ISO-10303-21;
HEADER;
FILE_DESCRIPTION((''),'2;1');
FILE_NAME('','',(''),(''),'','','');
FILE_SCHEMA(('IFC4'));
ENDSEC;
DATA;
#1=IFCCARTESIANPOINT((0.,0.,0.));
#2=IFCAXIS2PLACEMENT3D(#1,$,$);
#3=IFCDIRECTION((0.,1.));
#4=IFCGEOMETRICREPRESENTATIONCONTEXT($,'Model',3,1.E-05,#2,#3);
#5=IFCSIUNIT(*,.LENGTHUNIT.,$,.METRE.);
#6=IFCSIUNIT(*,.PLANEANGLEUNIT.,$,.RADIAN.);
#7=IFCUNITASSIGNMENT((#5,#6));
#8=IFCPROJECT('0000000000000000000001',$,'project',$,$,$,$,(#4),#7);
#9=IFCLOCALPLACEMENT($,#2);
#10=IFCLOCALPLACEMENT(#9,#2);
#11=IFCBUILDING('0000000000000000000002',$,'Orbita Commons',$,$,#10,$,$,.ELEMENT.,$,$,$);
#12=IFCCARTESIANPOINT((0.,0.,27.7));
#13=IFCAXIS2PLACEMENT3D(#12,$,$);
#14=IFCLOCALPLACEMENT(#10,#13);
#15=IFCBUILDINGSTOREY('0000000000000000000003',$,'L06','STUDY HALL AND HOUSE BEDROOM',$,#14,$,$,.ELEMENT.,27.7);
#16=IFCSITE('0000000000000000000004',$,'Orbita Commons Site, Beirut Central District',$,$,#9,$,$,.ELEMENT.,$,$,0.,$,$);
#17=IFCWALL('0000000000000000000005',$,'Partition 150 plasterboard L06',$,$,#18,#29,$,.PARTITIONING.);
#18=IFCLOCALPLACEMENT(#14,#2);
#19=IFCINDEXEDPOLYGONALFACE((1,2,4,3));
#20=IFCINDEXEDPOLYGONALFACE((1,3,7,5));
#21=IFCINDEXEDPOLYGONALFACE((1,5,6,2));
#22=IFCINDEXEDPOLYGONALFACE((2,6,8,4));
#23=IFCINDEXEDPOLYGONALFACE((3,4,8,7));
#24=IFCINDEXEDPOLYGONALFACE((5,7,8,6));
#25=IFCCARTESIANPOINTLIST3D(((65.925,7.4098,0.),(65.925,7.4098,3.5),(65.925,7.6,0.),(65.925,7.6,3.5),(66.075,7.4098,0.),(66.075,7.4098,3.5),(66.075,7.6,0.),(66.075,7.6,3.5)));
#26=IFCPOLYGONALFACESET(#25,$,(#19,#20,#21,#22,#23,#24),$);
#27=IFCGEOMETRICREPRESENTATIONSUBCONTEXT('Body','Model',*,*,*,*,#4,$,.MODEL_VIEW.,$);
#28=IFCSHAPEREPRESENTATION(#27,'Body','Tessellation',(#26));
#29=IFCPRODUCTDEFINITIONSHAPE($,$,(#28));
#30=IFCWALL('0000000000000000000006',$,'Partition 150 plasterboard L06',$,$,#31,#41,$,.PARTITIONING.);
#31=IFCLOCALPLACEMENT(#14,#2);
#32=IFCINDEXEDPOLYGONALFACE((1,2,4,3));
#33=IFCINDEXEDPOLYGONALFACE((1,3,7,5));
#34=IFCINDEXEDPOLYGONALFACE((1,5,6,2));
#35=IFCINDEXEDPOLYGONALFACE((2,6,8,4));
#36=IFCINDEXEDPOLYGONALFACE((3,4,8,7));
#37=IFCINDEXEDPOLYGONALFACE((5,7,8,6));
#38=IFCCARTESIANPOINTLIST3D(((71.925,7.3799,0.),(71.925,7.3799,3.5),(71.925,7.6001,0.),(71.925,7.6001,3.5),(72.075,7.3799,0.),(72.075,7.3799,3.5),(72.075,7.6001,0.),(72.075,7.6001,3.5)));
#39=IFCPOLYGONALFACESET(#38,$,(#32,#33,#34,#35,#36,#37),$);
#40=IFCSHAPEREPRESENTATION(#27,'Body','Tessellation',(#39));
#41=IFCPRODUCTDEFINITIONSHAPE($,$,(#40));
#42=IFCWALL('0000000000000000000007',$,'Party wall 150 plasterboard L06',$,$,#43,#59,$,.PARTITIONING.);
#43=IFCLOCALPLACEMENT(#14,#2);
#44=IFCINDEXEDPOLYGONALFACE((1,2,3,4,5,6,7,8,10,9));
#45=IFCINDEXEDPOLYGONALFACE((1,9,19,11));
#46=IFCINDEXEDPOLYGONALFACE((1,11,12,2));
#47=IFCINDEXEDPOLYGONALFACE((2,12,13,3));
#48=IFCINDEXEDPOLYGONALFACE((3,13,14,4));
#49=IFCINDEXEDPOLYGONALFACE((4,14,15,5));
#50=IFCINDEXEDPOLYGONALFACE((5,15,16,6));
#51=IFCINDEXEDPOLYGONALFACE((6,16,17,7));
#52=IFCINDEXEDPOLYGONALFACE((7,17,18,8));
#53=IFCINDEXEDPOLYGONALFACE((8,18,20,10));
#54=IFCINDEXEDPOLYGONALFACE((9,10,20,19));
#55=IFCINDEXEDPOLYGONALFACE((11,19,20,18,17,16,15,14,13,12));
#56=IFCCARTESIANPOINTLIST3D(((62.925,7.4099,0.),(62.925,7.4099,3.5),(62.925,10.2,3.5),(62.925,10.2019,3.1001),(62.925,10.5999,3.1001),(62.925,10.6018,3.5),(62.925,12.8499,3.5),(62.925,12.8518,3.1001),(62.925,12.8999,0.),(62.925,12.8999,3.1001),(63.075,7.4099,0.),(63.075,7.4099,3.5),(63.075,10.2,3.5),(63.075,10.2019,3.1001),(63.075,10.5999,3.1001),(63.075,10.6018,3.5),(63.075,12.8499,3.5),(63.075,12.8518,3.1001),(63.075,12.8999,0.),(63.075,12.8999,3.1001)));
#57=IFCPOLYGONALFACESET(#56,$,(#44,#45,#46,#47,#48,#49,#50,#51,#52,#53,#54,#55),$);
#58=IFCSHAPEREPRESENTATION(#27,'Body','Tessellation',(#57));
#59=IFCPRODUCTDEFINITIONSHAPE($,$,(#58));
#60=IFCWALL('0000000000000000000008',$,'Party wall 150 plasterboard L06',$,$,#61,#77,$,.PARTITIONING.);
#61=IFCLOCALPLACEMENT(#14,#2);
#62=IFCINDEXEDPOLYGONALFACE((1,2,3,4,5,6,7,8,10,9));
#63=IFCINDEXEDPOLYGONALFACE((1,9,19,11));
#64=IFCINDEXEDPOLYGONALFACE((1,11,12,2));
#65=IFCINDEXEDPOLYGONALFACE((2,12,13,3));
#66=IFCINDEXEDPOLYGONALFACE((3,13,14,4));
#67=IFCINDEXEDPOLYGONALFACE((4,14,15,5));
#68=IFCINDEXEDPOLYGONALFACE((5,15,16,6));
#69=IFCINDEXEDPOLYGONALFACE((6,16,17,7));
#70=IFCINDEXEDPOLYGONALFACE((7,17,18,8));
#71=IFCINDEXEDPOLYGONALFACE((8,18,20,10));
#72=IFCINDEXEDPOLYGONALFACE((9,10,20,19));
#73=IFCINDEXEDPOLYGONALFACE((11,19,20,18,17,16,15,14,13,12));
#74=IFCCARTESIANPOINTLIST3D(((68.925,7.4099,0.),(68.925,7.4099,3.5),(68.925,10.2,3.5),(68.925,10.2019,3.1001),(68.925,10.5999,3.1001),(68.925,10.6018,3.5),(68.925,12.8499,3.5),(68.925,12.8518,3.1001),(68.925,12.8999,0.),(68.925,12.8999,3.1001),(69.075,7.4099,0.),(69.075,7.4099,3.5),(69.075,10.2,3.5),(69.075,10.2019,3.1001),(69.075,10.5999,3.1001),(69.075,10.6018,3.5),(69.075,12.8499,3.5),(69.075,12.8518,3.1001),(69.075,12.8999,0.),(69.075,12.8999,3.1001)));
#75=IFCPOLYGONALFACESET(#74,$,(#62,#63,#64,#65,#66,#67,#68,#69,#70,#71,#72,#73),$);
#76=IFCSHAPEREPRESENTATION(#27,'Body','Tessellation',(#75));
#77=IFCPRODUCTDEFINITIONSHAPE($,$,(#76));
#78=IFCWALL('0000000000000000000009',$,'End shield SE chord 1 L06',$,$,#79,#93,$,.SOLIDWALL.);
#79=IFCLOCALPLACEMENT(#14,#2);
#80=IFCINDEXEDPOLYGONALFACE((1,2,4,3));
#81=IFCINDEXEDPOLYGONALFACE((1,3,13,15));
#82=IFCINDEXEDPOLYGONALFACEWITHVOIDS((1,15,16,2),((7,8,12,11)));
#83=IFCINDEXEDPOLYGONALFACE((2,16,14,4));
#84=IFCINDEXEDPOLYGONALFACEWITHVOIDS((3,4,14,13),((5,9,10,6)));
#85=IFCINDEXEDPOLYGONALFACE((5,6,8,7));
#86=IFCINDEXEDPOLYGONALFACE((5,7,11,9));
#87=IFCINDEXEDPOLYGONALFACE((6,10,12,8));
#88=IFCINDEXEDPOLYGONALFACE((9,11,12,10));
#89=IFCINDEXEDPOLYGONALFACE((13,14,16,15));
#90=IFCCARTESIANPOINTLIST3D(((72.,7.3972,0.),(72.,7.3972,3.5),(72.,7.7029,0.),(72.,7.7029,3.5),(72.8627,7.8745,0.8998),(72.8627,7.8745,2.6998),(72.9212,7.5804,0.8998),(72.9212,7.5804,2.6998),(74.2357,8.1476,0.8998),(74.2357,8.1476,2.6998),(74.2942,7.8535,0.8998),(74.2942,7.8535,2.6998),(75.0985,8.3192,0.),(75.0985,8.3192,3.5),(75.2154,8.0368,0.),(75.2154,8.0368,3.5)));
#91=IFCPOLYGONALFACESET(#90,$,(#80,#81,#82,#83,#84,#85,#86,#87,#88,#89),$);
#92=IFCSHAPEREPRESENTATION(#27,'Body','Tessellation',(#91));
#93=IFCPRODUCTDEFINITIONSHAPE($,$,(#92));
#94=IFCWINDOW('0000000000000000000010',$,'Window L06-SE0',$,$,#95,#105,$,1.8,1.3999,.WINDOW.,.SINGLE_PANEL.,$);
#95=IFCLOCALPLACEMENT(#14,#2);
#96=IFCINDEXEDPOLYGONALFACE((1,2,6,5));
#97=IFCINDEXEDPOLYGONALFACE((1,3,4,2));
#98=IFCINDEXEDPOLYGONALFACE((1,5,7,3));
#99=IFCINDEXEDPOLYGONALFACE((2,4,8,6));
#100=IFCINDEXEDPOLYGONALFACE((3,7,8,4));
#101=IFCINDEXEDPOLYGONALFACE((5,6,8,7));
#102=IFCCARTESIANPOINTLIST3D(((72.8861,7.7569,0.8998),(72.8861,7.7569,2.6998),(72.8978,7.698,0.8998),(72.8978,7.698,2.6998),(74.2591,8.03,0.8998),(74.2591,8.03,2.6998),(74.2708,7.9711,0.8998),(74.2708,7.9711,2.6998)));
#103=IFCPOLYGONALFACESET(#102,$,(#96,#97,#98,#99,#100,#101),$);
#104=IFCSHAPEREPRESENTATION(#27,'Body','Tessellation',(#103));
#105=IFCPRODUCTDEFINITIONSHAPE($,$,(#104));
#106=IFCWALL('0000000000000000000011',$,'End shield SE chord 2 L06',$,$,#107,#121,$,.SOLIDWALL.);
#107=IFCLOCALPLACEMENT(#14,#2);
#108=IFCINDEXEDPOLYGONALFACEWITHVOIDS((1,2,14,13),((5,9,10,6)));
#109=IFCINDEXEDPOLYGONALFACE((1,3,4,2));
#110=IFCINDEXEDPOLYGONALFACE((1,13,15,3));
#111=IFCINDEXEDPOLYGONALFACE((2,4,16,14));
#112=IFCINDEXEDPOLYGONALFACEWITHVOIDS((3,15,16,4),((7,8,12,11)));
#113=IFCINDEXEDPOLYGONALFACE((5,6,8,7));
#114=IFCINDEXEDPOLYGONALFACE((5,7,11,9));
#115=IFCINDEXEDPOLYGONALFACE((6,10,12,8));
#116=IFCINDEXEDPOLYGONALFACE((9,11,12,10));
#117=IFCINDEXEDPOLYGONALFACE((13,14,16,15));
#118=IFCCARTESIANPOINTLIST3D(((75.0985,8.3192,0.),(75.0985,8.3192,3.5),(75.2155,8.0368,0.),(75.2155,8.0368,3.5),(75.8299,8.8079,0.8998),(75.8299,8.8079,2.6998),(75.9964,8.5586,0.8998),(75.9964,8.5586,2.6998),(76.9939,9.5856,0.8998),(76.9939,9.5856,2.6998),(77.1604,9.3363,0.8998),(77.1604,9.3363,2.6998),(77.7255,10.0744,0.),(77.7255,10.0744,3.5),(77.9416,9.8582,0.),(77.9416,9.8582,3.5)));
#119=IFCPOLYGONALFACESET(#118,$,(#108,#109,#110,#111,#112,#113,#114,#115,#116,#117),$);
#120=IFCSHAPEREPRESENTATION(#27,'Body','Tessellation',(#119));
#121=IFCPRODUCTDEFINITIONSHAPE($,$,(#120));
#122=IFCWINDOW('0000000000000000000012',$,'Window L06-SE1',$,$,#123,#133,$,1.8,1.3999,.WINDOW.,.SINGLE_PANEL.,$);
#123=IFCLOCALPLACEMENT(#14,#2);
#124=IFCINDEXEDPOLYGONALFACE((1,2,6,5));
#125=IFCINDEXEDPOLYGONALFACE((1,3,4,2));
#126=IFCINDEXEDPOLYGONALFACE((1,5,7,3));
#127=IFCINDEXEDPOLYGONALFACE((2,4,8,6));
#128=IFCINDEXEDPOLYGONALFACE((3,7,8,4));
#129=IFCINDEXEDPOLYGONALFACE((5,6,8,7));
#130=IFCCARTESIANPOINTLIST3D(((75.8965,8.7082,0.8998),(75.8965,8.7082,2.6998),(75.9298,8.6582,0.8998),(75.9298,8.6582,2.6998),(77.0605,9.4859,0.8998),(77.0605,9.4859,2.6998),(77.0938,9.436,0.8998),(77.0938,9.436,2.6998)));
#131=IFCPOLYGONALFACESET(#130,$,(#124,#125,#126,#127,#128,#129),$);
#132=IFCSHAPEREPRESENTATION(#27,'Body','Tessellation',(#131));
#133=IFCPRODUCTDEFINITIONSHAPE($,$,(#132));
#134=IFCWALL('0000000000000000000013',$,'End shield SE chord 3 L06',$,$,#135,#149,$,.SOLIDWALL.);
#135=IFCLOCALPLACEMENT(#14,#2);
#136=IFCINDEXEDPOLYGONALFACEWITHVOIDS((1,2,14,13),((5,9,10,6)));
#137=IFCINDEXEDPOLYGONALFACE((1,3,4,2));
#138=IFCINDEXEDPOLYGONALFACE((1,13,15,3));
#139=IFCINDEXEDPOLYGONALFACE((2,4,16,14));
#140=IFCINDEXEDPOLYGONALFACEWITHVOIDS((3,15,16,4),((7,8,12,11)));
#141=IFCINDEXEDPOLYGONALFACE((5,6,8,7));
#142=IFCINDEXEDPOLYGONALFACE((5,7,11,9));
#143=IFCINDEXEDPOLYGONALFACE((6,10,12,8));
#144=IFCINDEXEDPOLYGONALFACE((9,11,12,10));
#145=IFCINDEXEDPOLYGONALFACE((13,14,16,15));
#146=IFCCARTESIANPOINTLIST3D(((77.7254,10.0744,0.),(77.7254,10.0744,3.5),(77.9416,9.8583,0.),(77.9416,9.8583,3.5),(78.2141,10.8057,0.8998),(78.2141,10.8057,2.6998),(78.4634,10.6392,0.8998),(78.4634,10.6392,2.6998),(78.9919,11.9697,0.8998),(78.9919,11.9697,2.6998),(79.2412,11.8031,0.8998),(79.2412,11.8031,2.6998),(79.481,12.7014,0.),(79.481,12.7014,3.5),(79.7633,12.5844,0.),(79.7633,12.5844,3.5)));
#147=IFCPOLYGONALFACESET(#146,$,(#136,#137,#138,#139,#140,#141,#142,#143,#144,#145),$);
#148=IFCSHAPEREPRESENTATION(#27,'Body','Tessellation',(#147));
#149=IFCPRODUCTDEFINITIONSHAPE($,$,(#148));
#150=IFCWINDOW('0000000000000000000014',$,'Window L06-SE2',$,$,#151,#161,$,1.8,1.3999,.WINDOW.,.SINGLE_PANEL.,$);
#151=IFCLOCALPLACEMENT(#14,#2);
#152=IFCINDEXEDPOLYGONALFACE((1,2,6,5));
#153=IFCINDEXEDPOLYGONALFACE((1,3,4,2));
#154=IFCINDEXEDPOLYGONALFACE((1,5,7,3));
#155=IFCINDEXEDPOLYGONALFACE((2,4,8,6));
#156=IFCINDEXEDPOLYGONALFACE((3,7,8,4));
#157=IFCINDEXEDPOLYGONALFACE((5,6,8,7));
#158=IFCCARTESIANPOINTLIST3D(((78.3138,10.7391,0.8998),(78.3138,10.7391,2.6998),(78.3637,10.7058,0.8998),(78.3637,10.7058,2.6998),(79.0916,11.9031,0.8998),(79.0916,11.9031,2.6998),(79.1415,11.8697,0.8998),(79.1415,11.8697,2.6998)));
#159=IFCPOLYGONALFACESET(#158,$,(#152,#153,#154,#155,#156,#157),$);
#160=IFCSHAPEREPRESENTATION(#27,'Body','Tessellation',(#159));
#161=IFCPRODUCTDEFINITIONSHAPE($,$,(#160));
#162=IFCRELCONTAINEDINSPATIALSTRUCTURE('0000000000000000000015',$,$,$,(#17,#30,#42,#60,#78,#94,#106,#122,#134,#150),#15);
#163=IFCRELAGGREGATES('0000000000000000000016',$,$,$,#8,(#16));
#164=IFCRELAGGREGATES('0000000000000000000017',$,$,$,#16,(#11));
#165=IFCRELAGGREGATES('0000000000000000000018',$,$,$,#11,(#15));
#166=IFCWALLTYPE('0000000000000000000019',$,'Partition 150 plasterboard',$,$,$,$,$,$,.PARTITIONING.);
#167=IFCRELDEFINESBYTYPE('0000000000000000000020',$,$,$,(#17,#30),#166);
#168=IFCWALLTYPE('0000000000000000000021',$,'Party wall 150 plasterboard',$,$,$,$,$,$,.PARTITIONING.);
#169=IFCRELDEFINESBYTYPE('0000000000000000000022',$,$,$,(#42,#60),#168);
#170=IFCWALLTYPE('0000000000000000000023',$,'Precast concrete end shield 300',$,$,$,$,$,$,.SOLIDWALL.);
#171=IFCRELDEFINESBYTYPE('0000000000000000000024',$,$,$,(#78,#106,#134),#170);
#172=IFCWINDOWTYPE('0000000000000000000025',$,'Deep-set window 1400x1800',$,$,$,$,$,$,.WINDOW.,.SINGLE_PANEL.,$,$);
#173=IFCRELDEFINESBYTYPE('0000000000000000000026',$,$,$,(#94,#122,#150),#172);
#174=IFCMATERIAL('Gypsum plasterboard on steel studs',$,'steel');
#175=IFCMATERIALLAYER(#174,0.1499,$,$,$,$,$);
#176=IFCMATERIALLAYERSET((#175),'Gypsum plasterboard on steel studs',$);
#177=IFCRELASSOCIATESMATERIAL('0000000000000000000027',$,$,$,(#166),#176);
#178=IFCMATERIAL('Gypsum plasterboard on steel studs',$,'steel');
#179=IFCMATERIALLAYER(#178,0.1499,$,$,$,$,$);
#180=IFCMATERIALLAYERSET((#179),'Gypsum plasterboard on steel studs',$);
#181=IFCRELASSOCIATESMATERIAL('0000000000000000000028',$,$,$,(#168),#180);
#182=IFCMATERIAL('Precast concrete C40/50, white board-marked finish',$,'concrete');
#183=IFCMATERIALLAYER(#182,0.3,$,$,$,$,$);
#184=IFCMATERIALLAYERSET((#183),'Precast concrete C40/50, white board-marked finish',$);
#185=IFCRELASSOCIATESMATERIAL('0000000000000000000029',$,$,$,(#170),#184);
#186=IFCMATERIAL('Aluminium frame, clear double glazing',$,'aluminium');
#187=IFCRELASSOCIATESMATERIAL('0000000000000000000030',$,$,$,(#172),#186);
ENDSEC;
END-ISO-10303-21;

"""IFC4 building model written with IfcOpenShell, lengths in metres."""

from ifc_helpers import new_model, si_unit, direction, frame, frame_2d, origin, place, context, subcontext, project, spatial, polyline, rectangle, outline, extrude, material, layer, layer_set, type_object, element, fill, save


model = new_model("IFC4")

# Units and contexts
model_context = context("Model", 3, precision=1e-05, world=origin(), true_north=direction((0.0, 1.0)))
body_context = subcontext(model_context, "Body", "Model", "MODEL_VIEW")
ifc_project = project(units=[si_unit("LENGTHUNIT", "METRE"), si_unit("PLANEANGLEUNIT", "RADIAN")], contexts=[model_context])

# Site, building, storey
site_placement = place(None, origin())
site = spatial("IfcSite", under=ifc_project, at=site_placement, Name="Orbita Commons Site, Beirut Central District", CompositionType="ELEMENT", RefElevation=0.0)
building_placement = place(site_placement, origin())
building = spatial("IfcBuilding", under=site, at=building_placement, Name="Orbita Commons", CompositionType="ELEMENT")
storey_placement = place(building_placement, frame((0.0, 0.0, 27.7)))
storey = spatial("IfcBuildingStorey", under=building, at=storey_placement, Name="L06", Description="STUDY HALL AND HOUSE BEDROOM", CompositionType="ELEMENT", Elevation=27.7)

# Walls
ifc_material_1 = material(Name="Gypsum plasterboard on steel studs", Category="steel")
ifc_layer_1 = layer(ifc_material_1, 0.1499)
ifc_layer_set_1 = layer_set([ifc_layer_1], Name="Gypsum plasterboard on steel studs")
wall_type_1 = type_object("IfcWallType", Name="Partition 150 plasterboard", PredefinedType="PARTITIONING", material=ifc_layer_set_1)
wall_1_placement = place(storey_placement, frame((66.0, 7.6001, 0.0), z_axis=(0.0, 0.0, 1.0), x_axis=(0.0, -1.0, 0.0)))
element("IfcWall", 1, at=wall_1_placement, inside=storey, type_object=wall_type_1, Name="Partition 150 plasterboard L06", PredefinedType="PARTITIONING", context=body_context, shape_type="SweptSolid", body=[
    extrude(rectangle(XDim=0.1902, YDim=0.1499, at=frame_2d((0.0952, 0.0))), origin(), (0.0, 0.0, 1.0), 3.5),
])
wall_2_placement = place(storey_placement, frame((72.0, 7.6001, 0.0), z_axis=(0.0, 0.0, 1.0), x_axis=(0.0, -1.0, 0.0)))
element("IfcWall", 2, at=wall_2_placement, inside=storey, type_object=wall_type_1, Name="Partition 150 plasterboard L06", PredefinedType="PARTITIONING", context=body_context, shape_type="SweptSolid", body=[
    extrude(rectangle(XDim=0.2202, YDim=0.1499, at=frame_2d((0.1101, 0.0))), origin(), (0.0, 0.0, 1.0), 3.5),
])
ifc_material_2 = material(Name="Gypsum plasterboard on steel studs", Category="steel")
ifc_layer_2 = layer(ifc_material_2, 0.1499)
ifc_layer_set_2 = layer_set([ifc_layer_2], Name="Gypsum plasterboard on steel studs")
wall_type_2 = type_object("IfcWallType", Name="Party wall 150 plasterboard", PredefinedType="PARTITIONING", material=ifc_layer_set_2)
for number, where, z_axis, x_axis, name in (
    (3, (63.0, 7.4099, 0.0), (0.0, 0.0, 1.0), (0.0, 1.0, 0.0), "Party wall 150 plasterboard L06"),
    (4, (69.0, 7.4099, 0.0), (0.0, 0.0, 1.0), (0.0, 1.0, 0.0), "Party wall 150 plasterboard L06"),
):
    element("IfcWall", number, at=place(storey_placement, frame(where, z_axis=z_axis, x_axis=x_axis)), inside=storey, type_object=wall_type_2, Name=name, PredefinedType="PARTITIONING", context=body_context, shape_type="SweptSolid", body=[
        extrude(outline(polyline([(0.0, 0.0), (5.49, 0.0), (5.49, 3.1001), (5.4419, 3.1001), (5.4399, 3.5), (3.1919, 3.5), (3.1899, 3.1001), (2.792, 3.1001), (2.79, 3.5), (0.0, 3.5), (0.0, 0.0)])), frame((0.0, 0.075, 0.0), z_axis=(0.0, -1.0, 0.0), x_axis=(1.0, 0.0, 0.0)), (0.0, 0.0, 1.0), 0.1499),
    ])

# Walls, openings, windows
ifc_material_3 = material(Name="Precast concrete C40/50, white board-marked finish", Category="concrete")
ifc_layer_3 = layer(ifc_material_3, 0.3)
ifc_layer_set_3 = layer_set([ifc_layer_3], Name="Precast concrete C40/50, white board-marked finish")
wall_type_3 = type_object("IfcWallType", Name="Precast concrete end shield 300", PredefinedType="SOLIDWALL", material=ifc_layer_set_3)
wall_3_placement = place(storey_placement, frame((72.0, 7.55, 0.0), z_axis=(0.0, 0.0, 1.0), x_axis=(0.980787, 0.19508, 0.0)))
wall_3 = element("IfcWall", 5, at=wall_3_placement, inside=storey, type_object=wall_type_3, Name="End shield SE chord 1 L06", PredefinedType="SOLIDWALL", context=body_context, shape_type="SweptSolid", body=[
    extrude(outline(polyline([(-0.0298, -0.1499), (3.2485, -0.1499), (3.189, 0.1499), (0.0298, 0.1499), (-0.0298, -0.1499)])), origin(), (0.0, 0.0, 1.0), 3.5),
])
opening_1_placement = place(wall_3_placement, frame((0.9094, 0.0, 0.8999)))
opening_1 = element("IfcOpeningElement", 6, at=opening_1_placement, cuts=wall_3, PredefinedType="OPENING", context=body_context, shape_type="SweptSolid", body=[
    extrude(rectangle(XDim=1.3999, YDim=1.8, at=frame_2d((0.7, 0.8999))), frame((0.0, 0.1599, 0.0), z_axis=(0.0, -1.0, 0.0), x_axis=(1.0, 0.0, 0.0)), (0.0, 0.0, 1.0), 0.3201),
])
ifc_material_4 = material(Name="Aluminium frame, clear double glazing", Category="aluminium")
window_type = type_object("IfcWindowType", Name="Deep-set window 1400x1800", PartitioningType="SINGLE_PANEL", PredefinedType="WINDOW", material=ifc_material_4)
window_1_placement = place(opening_1_placement, origin())
window_1 = element("IfcWindow", 7, at=window_1_placement, inside=storey, type_object=window_type, Name="Window L06-SE0", OverallHeight=1.8, OverallWidth=1.3999, PartitioningType="SINGLE_PANEL", PredefinedType="WINDOW", context=body_context, shape_type="SweptSolid", body=[
    extrude(rectangle(XDim=1.3999, YDim=1.8, at=frame_2d((0.7, 0.8999))), frame((0.0, 0.03, 0.0), z_axis=(0.0, -1.0, 0.0), x_axis=(1.0, 0.0, 0.0)), (0.0, 0.0, 1.0), 0.0601),
])
fill(opening_1, window_1)
wall_4_placement = place(storey_placement, frame((75.157, 8.178, 0.0), z_axis=(0.0, 0.0, 1.0), x_axis=(0.831478, 0.555558, 0.0)))
wall_4 = element("IfcWall", 8, at=wall_4_placement, inside=storey, type_object=wall_type_3, Name="End shield SE chord 2 L06", PredefinedType="SOLIDWALL", context=body_context, shape_type="SweptSolid", body=[
    extrude(outline(polyline([(-0.0298, -0.1499), (3.2488, -0.1499), (3.1892, 0.1499), (0.0298, 0.1499), (-0.0298, -0.1499)])), origin(), (0.0, 0.0, 1.0), 3.5),
])
opening_2_placement = place(wall_4_placement, frame((0.9094, 0.0, 0.8999)))
opening_2 = element("IfcOpeningElement", 9, at=opening_2_placement, cuts=wall_4, PredefinedType="OPENING", context=body_context, shape_type="SweptSolid", body=[
    extrude(rectangle(XDim=1.3999, YDim=1.8, at=frame_2d((0.7, 0.8999))), frame((0.0, 0.1599, 0.0), z_axis=(0.0, -1.0, 0.0), x_axis=(1.0, 0.0, 0.0)), (0.0, 0.0, 1.0), 0.3201),
])
window_2_placement = place(opening_2_placement, origin())
window_2 = element("IfcWindow", 10, at=window_2_placement, inside=storey, type_object=window_type, Name="Window L06-SE1", OverallHeight=1.8, OverallWidth=1.3999, PartitioningType="SINGLE_PANEL", PredefinedType="WINDOW", context=body_context, shape_type="SweptSolid", body=[
    extrude(rectangle(XDim=1.3999, YDim=1.8, at=frame_2d((0.7, 0.8999))), frame((0.0, 0.03, 0.0), z_axis=(0.0, -1.0, 0.0), x_axis=(1.0, 0.0, 0.0)), (0.0, 0.0, 1.0), 0.0601),
])
fill(opening_2, window_2)
wall_5_placement = place(storey_placement, frame((77.8335, 9.9663, 0.0), z_axis=(0.0, 0.0, 1.0), x_axis=(0.55561, 0.831443, 0.0)))
wall_5 = element("IfcWall", 11, at=wall_5_placement, inside=storey, type_object=wall_type_3, Name="End shield SE chord 3 L06", PredefinedType="SOLIDWALL", context=body_context, shape_type="SweptSolid", body=[
    extrude(outline(polyline([(-0.0298, -0.1499), (3.249, -0.1499), (3.1895, 0.1499), (0.0298, 0.1499), (-0.0298, -0.1499)])), origin(), (0.0, 0.0, 1.0), 3.5),
])
opening_3_placement = place(wall_5_placement, frame((0.9094, 0.0, 0.8999)))
opening_3 = element("IfcOpeningElement", 12, at=opening_3_placement, cuts=wall_5, PredefinedType="OPENING", context=body_context, shape_type="SweptSolid", body=[
    extrude(rectangle(XDim=1.3999, YDim=1.8, at=frame_2d((0.7, 0.8999))), frame((0.0, 0.1599, 0.0), z_axis=(0.0, -1.0, 0.0), x_axis=(1.0, 0.0, 0.0)), (0.0, 0.0, 1.0), 0.3201),
])
window_3_placement = place(opening_3_placement, origin())
window_3 = element("IfcWindow", 13, at=window_3_placement, inside=storey, type_object=window_type, Name="Window L06-SE2", OverallHeight=1.8, OverallWidth=1.3999, PartitioningType="SINGLE_PANEL", PredefinedType="WINDOW", context=body_context, shape_type="SweptSolid", body=[
    extrude(rectangle(XDim=1.3999, YDim=1.8, at=frame_2d((0.7, 0.8999))), frame((0.0, 0.03, 0.0), z_axis=(0.0, -1.0, 0.0), x_axis=(1.0, 0.0, 0.0)), (0.0, 0.0, 1.0), 0.0601),
])
fill(opening_3, window_3)

save(model, "model.ifc")
